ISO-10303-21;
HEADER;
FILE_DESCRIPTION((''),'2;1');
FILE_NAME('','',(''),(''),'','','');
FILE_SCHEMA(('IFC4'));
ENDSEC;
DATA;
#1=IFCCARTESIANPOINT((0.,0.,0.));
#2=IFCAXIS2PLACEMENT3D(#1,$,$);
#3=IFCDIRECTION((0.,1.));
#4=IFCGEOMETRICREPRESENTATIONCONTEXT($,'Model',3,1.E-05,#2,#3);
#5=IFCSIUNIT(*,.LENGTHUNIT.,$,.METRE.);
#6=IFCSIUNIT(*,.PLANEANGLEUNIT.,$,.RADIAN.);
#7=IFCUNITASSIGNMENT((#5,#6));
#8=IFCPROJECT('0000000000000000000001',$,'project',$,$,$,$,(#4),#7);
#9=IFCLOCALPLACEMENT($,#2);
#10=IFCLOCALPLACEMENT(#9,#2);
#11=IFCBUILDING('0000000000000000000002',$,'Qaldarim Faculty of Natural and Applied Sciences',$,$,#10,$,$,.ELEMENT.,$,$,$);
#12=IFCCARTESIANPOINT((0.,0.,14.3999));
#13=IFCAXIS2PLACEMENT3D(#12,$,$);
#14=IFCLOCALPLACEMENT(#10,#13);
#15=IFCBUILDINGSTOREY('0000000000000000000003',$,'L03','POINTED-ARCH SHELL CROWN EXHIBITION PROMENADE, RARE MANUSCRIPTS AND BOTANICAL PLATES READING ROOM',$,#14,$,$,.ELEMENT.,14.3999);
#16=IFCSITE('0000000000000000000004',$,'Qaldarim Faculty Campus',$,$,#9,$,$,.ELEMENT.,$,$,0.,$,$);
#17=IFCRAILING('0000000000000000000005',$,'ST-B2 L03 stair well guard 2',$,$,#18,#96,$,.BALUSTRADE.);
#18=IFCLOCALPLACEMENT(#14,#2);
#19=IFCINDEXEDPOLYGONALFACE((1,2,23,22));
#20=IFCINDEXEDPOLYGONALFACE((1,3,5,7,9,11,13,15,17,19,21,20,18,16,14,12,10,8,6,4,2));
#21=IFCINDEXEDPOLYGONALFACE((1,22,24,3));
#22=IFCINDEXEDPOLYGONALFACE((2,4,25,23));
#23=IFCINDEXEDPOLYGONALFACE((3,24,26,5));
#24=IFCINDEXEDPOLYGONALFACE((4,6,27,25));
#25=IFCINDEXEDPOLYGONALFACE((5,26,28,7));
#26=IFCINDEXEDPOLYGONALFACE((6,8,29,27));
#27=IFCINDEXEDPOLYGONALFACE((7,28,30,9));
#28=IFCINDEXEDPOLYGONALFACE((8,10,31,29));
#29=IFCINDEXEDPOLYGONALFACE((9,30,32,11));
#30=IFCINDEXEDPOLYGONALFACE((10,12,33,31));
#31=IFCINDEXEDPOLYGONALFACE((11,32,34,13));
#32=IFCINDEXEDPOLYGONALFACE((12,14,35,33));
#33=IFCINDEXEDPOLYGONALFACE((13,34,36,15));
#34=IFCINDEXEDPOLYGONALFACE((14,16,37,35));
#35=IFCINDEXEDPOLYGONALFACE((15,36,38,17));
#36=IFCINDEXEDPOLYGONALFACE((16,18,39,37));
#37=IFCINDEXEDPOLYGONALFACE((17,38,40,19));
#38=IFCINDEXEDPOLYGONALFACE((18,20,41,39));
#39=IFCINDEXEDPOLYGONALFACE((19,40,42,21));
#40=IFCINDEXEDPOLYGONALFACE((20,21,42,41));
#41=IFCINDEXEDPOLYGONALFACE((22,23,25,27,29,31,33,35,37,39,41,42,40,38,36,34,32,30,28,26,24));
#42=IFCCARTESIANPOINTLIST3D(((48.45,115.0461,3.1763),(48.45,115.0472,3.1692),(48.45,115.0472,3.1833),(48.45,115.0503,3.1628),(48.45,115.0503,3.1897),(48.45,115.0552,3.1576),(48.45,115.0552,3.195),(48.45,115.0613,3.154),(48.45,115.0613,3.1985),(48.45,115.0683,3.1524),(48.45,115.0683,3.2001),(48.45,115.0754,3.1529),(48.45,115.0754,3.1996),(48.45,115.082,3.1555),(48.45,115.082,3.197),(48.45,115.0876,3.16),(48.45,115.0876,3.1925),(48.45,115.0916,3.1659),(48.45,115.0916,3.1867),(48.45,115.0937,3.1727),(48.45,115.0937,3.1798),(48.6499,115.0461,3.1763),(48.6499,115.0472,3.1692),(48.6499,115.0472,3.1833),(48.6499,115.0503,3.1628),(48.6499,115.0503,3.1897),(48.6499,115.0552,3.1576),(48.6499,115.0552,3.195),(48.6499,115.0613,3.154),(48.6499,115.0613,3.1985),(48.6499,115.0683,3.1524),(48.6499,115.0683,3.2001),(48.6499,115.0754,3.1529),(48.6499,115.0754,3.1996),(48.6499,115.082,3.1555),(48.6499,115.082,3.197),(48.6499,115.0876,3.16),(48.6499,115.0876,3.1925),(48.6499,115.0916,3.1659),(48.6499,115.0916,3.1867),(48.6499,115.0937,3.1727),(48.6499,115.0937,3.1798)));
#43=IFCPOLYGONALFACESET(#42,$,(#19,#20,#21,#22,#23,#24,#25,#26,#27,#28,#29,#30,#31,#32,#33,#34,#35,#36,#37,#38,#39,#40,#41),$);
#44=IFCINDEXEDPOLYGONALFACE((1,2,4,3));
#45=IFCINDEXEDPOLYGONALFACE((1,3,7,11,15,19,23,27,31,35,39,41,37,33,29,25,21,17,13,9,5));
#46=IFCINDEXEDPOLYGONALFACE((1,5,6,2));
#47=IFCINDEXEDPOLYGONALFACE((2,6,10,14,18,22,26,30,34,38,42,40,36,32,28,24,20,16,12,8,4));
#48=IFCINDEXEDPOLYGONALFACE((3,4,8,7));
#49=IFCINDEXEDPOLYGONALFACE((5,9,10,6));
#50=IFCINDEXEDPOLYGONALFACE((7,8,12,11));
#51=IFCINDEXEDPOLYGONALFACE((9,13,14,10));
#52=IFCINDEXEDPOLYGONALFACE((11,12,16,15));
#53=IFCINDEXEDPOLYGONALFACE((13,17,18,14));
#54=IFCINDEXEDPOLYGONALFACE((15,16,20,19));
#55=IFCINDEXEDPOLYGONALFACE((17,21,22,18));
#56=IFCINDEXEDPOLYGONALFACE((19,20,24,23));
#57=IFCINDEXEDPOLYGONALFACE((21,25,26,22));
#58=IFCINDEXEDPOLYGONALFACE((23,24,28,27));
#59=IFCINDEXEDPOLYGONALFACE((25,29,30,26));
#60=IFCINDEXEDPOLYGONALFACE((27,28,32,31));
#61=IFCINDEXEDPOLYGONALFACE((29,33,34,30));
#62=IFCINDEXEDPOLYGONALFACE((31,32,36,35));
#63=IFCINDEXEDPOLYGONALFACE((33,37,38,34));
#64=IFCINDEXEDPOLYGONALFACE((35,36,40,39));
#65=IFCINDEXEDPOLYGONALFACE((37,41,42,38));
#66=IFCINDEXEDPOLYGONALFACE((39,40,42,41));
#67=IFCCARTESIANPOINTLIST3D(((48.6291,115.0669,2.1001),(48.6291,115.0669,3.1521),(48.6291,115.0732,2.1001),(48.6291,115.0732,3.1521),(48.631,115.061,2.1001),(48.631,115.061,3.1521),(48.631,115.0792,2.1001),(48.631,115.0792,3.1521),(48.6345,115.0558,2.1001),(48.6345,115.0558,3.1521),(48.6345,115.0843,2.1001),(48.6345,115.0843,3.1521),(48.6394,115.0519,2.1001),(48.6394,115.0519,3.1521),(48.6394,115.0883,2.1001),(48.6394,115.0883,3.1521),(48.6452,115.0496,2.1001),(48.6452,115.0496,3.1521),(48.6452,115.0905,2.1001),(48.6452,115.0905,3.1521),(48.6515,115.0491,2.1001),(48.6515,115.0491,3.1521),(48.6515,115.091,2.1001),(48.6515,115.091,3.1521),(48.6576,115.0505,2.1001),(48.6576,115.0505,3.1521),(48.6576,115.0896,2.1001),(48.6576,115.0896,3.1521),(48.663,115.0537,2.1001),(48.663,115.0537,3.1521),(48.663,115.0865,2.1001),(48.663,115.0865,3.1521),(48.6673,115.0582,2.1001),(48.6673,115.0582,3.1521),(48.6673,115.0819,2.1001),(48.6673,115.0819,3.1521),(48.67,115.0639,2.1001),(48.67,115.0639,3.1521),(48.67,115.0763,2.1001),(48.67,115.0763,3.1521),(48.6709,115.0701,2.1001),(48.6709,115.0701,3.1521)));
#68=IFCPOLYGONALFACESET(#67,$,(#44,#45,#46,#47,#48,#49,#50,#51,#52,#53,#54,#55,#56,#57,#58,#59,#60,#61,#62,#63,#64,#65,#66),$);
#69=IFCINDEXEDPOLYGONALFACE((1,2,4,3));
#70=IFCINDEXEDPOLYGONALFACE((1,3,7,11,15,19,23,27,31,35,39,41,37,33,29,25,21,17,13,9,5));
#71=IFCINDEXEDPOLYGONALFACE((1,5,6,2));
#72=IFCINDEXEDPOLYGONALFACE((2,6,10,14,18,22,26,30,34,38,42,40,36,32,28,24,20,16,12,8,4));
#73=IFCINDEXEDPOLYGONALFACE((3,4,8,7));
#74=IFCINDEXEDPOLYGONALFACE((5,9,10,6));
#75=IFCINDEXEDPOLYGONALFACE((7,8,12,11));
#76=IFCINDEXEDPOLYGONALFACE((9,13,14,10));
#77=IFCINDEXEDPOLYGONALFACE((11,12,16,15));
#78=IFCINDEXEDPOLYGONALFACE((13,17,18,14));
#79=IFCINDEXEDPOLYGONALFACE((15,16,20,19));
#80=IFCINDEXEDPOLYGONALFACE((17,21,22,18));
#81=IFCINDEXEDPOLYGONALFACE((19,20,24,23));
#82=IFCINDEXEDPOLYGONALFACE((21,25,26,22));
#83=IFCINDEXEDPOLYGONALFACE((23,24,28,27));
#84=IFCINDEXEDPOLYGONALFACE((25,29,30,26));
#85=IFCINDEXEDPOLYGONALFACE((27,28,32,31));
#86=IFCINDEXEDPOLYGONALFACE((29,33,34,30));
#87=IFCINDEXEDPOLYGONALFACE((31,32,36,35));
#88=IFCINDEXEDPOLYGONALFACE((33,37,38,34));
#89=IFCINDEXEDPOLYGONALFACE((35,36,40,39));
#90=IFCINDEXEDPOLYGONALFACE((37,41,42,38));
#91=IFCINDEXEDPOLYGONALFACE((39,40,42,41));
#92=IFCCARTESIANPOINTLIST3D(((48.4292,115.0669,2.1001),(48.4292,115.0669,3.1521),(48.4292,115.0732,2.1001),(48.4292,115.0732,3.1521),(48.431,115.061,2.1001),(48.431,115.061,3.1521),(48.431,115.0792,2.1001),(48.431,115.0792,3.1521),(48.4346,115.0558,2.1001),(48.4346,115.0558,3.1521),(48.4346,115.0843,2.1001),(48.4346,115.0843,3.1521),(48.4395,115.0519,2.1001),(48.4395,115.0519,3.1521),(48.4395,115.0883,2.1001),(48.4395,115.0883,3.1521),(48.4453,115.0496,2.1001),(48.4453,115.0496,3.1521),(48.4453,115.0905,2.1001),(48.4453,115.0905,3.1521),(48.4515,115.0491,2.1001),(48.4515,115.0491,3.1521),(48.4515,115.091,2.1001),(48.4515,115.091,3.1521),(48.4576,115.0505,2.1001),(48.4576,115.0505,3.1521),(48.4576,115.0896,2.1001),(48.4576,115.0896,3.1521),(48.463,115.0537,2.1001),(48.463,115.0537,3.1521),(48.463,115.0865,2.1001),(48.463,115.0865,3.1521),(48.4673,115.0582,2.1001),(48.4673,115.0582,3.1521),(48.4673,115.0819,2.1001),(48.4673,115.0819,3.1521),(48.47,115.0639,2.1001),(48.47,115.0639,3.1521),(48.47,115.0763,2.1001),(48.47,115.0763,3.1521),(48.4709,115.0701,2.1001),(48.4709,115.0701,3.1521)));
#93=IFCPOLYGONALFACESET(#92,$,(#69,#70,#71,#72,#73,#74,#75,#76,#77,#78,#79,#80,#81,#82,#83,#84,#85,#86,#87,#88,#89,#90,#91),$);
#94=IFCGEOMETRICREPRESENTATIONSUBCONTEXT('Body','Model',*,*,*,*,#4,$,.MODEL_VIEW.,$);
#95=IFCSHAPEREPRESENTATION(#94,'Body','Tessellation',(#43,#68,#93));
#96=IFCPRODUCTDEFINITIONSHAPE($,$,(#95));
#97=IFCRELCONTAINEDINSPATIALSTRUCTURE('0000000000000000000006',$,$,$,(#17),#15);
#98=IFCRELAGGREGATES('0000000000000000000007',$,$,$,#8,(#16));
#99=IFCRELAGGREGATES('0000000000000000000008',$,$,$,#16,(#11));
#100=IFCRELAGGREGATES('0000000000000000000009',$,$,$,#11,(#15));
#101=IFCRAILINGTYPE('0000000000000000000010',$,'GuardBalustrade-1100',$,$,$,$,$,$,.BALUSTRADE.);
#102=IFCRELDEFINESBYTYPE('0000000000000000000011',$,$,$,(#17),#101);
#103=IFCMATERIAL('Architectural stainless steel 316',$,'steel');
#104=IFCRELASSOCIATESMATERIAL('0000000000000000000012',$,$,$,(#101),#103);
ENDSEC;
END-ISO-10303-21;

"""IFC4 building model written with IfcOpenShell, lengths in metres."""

from ifc_helpers import new_model, si_unit, direction, frame, origin, origin_2d, place, context, subcontext, project, spatial, circle, extrude, material, type_object, element, save


model = new_model("IFC4")

# Units and contexts
model_context = context("Model", 3, precision=1e-05, world=origin(), true_north=direction((0.0, 1.0)))
body_context = subcontext(model_context, "Body", "Model", "MODEL_VIEW")
ifc_project = project(units=[si_unit("LENGTHUNIT", "METRE"), si_unit("PLANEANGLEUNIT", "RADIAN")], contexts=[model_context])

# Site, building, storey
site_placement = place(None, origin())
site = spatial("IfcSite", under=ifc_project, at=site_placement, Name="Qaldarim Faculty Campus", CompositionType="ELEMENT", RefElevation=0.0)
building_placement = place(site_placement, origin())
building = spatial("IfcBuilding", under=site, at=building_placement, Name="Qaldarim Faculty of Natural and Applied Sciences", CompositionType="ELEMENT")
storey_placement = place(building_placement, frame((0.0, 0.0, 14.3999)))
storey = spatial("IfcBuildingStorey", under=building, at=storey_placement, Name="L03", Description="POINTED-ARCH SHELL CROWN EXHIBITION PROMENADE, RARE MANUSCRIPTS AND BOTANICAL PLATES READING ROOM", CompositionType="ELEMENT", Elevation=14.3999)

# Shared definitions
ifc_material_1 = material(Name="Architectural stainless steel 316", Category="steel")

# Railing
railing_type_1 = type_object("IfcRailingType", Name="GuardBalustrade-1100", PredefinedType="BALUSTRADE", material=ifc_material_1)
railing_1_placement = place(storey_placement, frame((48.6499, 115.0701, 2.1001)))
element("IfcRailing", 1, at=railing_1_placement, inside=storey, type_object=railing_type_1, Name="ST-B2 L03 stair well guard 2", PredefinedType="BALUSTRADE", context=body_context, shape_type="SweptSolid", body=[
    extrude(circle(Radius=0.0239, at=origin_2d()), frame((0.0, 0.0, 1.0762), z_axis=(-1.0, 0.0, 0.0), x_axis=(0.0, -1.0, 0.0)), (0.0, 0.0, 1.0), 0.2),
    extrude(circle(Radius=0.021, at=origin_2d()), origin(), (0.0, 0.0, 1.0), 1.052),
    extrude(circle(Radius=0.021, at=origin_2d()), frame((-0.2, 0.0, 0.0)), (0.0, 0.0, 1.0), 1.052),
])

save(model, "model.ifc")
